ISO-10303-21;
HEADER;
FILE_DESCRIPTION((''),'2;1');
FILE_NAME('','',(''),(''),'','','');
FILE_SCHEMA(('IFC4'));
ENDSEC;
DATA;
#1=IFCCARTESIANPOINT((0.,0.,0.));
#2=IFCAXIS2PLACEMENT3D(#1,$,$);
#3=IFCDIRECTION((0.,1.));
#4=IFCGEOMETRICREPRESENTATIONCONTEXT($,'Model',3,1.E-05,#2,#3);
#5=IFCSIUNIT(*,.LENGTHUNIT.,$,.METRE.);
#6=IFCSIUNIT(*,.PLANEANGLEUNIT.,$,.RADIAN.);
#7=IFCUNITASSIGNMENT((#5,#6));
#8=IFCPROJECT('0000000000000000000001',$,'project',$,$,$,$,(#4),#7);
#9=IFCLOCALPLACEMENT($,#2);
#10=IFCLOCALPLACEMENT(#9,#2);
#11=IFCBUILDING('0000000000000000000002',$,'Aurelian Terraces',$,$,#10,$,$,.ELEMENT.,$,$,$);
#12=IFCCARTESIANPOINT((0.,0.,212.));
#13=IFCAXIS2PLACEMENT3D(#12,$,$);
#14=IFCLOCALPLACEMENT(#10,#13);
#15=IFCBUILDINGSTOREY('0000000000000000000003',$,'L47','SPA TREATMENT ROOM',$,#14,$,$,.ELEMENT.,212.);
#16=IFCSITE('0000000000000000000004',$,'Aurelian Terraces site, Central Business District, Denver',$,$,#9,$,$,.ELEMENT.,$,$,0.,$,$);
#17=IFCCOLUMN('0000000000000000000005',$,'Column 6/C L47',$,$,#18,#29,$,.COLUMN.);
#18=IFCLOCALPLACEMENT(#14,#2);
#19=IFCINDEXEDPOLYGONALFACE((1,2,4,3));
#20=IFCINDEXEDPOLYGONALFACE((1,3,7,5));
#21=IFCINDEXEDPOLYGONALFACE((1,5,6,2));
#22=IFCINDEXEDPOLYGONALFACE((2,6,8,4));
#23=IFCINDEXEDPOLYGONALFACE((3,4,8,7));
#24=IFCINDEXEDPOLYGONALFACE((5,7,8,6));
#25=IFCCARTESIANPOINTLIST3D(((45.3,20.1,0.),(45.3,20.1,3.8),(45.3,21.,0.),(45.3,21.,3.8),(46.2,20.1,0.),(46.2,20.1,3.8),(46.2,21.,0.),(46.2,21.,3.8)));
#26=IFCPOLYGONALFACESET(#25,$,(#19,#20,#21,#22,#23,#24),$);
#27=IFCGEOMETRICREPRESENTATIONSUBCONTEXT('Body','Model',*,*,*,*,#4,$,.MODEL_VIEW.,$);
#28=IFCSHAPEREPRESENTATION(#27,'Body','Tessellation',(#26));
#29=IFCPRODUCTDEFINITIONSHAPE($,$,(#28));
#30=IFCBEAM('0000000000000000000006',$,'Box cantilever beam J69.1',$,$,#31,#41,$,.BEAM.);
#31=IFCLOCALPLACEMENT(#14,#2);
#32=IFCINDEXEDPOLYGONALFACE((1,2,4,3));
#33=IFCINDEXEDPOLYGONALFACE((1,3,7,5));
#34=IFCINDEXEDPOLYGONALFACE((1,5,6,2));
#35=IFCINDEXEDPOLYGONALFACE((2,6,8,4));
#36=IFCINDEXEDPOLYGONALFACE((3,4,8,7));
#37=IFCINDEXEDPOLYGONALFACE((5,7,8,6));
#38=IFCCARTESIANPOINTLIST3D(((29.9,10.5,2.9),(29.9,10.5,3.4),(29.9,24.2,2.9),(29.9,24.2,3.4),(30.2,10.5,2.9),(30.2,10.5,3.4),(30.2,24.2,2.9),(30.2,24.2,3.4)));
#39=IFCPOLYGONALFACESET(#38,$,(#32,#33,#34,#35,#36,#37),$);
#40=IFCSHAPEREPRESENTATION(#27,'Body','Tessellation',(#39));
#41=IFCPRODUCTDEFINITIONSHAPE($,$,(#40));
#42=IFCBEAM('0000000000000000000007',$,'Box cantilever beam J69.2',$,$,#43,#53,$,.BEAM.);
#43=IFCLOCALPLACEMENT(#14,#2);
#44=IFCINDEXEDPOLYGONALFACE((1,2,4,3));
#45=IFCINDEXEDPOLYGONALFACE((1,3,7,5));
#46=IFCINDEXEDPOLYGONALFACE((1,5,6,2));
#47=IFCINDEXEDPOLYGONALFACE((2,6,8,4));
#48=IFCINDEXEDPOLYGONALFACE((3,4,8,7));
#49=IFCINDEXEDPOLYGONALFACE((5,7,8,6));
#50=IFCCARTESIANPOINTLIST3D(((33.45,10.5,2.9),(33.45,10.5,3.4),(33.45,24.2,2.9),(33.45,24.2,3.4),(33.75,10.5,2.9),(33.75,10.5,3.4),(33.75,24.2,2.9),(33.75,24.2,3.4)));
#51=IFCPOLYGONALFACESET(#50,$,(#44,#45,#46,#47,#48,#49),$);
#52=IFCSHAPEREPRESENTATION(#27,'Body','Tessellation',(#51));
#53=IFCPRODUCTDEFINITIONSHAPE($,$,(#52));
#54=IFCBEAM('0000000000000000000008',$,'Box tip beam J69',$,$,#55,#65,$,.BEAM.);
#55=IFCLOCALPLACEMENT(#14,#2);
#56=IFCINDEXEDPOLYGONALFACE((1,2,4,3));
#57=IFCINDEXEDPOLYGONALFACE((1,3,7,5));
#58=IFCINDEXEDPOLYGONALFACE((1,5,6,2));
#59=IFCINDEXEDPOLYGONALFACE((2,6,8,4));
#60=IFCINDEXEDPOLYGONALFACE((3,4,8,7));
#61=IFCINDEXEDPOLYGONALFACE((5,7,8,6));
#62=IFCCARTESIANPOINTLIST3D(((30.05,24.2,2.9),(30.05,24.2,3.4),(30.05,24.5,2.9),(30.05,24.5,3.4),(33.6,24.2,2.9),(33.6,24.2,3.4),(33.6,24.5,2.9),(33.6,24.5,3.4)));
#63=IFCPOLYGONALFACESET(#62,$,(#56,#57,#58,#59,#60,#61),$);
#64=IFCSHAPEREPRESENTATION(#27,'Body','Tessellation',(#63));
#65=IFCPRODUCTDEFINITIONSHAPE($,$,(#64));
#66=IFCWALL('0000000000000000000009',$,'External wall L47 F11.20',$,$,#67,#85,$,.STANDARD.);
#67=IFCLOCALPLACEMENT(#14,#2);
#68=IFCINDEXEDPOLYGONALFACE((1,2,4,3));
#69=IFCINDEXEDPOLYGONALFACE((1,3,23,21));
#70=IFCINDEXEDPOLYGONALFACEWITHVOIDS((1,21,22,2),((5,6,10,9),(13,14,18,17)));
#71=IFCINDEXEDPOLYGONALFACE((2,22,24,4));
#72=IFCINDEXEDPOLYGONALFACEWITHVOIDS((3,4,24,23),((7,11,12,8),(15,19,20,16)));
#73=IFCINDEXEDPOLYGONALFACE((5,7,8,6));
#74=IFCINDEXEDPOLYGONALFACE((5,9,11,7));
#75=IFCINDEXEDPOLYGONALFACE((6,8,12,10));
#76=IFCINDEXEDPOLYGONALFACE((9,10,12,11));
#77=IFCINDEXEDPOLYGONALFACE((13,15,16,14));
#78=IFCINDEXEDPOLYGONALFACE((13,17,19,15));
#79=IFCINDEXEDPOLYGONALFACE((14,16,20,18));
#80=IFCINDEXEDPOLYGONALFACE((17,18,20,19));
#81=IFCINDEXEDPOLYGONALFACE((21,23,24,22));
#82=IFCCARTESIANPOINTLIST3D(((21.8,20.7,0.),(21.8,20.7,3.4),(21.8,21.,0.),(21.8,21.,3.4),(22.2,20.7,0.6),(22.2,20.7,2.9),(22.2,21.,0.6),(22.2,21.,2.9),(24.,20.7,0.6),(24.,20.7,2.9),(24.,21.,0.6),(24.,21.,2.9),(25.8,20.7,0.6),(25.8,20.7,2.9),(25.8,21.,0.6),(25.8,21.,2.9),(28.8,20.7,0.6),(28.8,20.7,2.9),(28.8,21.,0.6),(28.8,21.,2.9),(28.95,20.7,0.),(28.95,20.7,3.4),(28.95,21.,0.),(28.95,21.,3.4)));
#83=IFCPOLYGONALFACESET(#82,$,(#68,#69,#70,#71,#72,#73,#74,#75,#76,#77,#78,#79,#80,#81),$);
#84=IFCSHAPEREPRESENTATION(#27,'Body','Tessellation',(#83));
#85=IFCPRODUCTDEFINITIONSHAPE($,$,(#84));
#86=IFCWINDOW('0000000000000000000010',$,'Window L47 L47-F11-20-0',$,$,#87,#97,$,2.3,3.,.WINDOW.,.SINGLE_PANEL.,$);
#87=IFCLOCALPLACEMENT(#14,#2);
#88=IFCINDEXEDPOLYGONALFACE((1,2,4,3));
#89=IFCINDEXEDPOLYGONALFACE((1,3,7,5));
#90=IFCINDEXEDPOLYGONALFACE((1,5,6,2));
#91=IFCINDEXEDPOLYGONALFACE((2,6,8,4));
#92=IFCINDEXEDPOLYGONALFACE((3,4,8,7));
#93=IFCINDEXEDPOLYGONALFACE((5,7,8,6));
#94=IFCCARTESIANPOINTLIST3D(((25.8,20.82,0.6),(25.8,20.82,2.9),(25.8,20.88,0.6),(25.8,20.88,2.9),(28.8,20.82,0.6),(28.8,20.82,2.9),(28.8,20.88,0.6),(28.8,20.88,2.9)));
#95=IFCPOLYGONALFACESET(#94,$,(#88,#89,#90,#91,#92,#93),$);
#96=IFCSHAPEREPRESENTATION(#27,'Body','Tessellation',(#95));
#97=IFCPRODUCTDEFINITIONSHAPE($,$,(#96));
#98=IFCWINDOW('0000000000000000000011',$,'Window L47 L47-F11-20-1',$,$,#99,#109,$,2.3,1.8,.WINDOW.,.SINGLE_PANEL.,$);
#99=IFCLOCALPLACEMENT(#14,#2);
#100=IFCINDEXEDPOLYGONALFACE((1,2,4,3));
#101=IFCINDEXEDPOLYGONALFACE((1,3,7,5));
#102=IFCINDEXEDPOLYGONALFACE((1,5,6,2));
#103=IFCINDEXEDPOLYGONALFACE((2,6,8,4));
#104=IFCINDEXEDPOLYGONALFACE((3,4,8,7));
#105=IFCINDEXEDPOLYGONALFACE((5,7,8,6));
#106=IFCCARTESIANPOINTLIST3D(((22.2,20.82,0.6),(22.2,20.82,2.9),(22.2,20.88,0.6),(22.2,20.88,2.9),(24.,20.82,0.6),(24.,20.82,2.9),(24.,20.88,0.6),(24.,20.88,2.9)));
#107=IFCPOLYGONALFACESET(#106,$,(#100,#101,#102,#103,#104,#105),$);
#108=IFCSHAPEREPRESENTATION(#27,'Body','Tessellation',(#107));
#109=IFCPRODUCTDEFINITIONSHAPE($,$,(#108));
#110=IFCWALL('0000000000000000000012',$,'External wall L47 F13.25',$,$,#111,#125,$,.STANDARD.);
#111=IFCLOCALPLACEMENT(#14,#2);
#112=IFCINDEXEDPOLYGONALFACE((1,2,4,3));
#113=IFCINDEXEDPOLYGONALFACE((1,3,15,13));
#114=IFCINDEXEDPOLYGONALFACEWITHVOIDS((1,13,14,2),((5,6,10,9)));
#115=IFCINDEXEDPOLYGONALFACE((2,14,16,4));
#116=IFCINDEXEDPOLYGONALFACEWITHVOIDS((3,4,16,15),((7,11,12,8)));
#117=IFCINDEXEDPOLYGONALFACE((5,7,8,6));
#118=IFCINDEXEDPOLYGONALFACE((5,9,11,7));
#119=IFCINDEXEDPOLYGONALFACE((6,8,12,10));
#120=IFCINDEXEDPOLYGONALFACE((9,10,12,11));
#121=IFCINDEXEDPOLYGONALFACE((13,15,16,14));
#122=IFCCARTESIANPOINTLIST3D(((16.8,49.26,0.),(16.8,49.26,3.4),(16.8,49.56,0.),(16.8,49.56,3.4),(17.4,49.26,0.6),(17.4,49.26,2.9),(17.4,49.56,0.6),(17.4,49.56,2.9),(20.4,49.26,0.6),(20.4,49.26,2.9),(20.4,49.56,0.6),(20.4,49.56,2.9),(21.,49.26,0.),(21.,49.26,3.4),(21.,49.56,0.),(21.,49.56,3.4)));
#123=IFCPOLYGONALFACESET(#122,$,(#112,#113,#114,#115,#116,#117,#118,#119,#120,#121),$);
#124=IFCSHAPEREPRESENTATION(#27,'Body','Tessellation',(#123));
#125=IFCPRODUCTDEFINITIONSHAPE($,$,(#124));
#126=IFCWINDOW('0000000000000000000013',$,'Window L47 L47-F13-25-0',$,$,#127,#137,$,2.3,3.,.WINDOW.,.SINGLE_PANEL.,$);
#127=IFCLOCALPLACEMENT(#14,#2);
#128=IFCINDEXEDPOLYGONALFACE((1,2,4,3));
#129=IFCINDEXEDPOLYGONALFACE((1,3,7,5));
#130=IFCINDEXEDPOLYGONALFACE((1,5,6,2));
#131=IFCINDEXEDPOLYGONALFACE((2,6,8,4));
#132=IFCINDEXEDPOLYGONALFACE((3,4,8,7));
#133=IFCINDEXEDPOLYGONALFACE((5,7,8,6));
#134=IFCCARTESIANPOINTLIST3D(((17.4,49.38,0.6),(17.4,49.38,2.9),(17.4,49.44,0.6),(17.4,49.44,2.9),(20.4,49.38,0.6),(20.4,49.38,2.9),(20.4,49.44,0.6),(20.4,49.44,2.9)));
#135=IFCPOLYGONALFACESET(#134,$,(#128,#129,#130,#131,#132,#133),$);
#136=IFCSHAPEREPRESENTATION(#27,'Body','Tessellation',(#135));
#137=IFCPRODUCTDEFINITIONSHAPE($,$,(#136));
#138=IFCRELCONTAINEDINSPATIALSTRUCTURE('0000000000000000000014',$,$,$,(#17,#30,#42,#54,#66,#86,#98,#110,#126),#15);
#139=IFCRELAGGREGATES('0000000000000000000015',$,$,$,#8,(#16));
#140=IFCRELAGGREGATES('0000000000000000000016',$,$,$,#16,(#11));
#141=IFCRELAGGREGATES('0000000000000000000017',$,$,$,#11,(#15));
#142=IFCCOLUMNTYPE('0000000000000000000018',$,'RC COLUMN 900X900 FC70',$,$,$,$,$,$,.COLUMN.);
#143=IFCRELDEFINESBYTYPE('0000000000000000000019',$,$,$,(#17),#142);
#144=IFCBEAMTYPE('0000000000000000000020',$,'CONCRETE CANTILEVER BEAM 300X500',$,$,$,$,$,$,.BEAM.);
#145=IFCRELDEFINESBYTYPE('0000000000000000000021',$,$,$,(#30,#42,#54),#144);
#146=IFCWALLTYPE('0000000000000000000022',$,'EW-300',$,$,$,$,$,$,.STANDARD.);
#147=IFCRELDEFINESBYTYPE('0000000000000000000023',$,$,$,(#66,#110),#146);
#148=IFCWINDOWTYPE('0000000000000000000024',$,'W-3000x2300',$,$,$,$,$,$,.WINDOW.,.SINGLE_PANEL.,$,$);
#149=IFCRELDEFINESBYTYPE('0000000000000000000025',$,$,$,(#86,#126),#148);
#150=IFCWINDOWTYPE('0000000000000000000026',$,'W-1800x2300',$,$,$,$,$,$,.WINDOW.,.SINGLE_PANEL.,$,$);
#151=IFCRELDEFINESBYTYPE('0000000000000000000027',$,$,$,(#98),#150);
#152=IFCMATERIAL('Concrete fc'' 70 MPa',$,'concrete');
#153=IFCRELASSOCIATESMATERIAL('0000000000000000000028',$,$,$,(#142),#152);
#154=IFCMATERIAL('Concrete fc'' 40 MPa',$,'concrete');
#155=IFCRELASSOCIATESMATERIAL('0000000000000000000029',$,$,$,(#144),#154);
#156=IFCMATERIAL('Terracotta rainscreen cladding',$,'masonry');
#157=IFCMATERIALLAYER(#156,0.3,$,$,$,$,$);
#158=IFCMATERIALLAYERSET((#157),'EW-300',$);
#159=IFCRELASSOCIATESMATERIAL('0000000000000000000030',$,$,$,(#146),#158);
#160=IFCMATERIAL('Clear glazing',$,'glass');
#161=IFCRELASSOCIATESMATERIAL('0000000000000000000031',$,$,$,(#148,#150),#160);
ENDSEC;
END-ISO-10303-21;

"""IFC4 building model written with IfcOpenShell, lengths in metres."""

from ifc_helpers import new_model, si_unit, direction, frame, frame_2d, origin, origin_2d, place, context, subcontext, project, spatial, rectangle, extrude, source, transform, mapped, material, layer, layer_set, material_profile, profile_set, type_object, element, fill, save


model = new_model("IFC4")

# Units and contexts
model_context = context("Model", 3, precision=1e-05, world=origin(), true_north=direction((0.0, 1.0)))
body_context = subcontext(model_context, "Body", "Model", "MODEL_VIEW")
ifc_project = project(units=[si_unit("LENGTHUNIT", "METRE"), si_unit("PLANEANGLEUNIT", "RADIAN")], contexts=[model_context])

# Site, building, storey
site_placement = place(None, origin())
site = spatial("IfcSite", under=ifc_project, at=site_placement, Name="Aurelian Terraces site, Central Business District, Denver", CompositionType="ELEMENT", RefElevation=0.0)
building_placement = place(site_placement, origin())
building = spatial("IfcBuilding", under=site, at=building_placement, Name="Aurelian Terraces", CompositionType="ELEMENT")
storey_placement = place(building_placement, frame((0.0, 0.0, 212.0)))
storey = spatial("IfcBuildingStorey", under=building, at=storey_placement, Name="L47", Description="SPA TREATMENT ROOM", CompositionType="ELEMENT", Elevation=212.0)

# Column
ifc_material_1 = material(Name="Concrete fc' 70 MPa", Category="concrete")
ifc_material_profile_1 = material_profile(ifc_material_1, rectangle(XDim=0.9, YDim=0.9, at=origin_2d()))
ifc_profile_set_1 = profile_set([ifc_material_profile_1], Name="Concrete fc' 70 MPa")
column_type = type_object("IfcColumnType", Name="RC COLUMN 900X900 FC70", PredefinedType="COLUMN", material=ifc_profile_set_1)
shared_shape_1 = source(origin(), body_context, "Body", "SweptSolid", [
    extrude(rectangle(XDim=0.9, YDim=0.9, at=origin_2d()), origin(), (0.0, 0.0, 1.0), 3.8),
])
column_placement = place(storey_placement, frame((45.75, 20.55, 0.0), z_axis=(0.0, 0.0, 1.0), x_axis=(1.0, 0.0, 0.0)))
element("IfcColumn", 1, at=column_placement, inside=storey, type_object=column_type, Name="Column 6/C L47", PredefinedType="COLUMN", context=body_context, shape_type="MappedRepresentation", body=[
    mapped(shared_shape_1, transform((0.0, 0.0, 0.0), scale=1.0)),
])

# Beams
ifc_material_2 = material(Name="Concrete fc' 40 MPa", Category="concrete")
ifc_material_profile_2 = material_profile(ifc_material_2, rectangle(XDim=0.3, YDim=0.5, at=origin_2d()))
ifc_profile_set_2 = profile_set([ifc_material_profile_2], Name="Concrete fc' 40 MPa")
beam_type = type_object("IfcBeamType", Name="CONCRETE CANTILEVER BEAM 300X500", PredefinedType="BEAM", material=ifc_profile_set_2)
shared_shape_2 = source(origin(), body_context, "Body", "SweptSolid", [
    extrude(rectangle(XDim=0.3, YDim=0.5, at=origin_2d()), origin(), (0.0, 0.0, 1.0), 13.7),
])
for number, where, z_axis, x_axis, name in (
    (2, (30.05, 24.2, 3.15), (0.0, -1.0, 0.0), (1.0, 0.0, 0.0), "Box cantilever beam J69.1"),
    (3, (33.6, 24.2, 3.15), (0.0, -1.0, 0.0), (1.0, 0.0, 0.0), "Box cantilever beam J69.2"),
):
    element("IfcBeam", number, at=place(storey_placement, frame(where, z_axis=z_axis, x_axis=x_axis)), inside=storey, type_object=beam_type, Name=name, PredefinedType="BEAM", context=body_context, shape_type="MappedRepresentation", body=[
        mapped(shared_shape_2, transform((0.0, 0.0, 0.0), scale=1.0)),
    ])
shared_shape_3 = source(origin(), body_context, "Body", "SweptSolid", [
    extrude(rectangle(XDim=0.3, YDim=0.5, at=origin_2d()), origin(), (0.0, 0.0, 1.0), 3.55),
])
beam_placement = place(storey_placement, frame((30.05, 24.35, 3.15), z_axis=(1.0, 0.0, 0.0), x_axis=(0.0, 1.0, 0.0)))
element("IfcBeam", 4, at=beam_placement, inside=storey, type_object=beam_type, Name="Box tip beam J69", PredefinedType="BEAM", context=body_context, shape_type="MappedRepresentation", body=[
    mapped(shared_shape_3, transform((0.0, 0.0, 0.0), scale=1.0)),
])

# Wall, openings, windows
ifc_material_3 = material(Name="Terracotta rainscreen cladding", Category="masonry")
ifc_layer_1 = layer(ifc_material_3, 0.3)
ifc_layer_set_1 = layer_set([ifc_layer_1], Name="EW-300")
wall_type_1 = type_object("IfcWallType", Name="EW-300", PredefinedType="STANDARD", material=ifc_layer_set_1)
shared_shape_4 = source(origin(), body_context, "Body", "SweptSolid", [
    extrude(rectangle(XDim=7.15, YDim=0.3, at=frame_2d((3.575, 0.0))), origin(), (0.0, 0.0, 1.0), 3.4),
])
wall_1_placement = place(storey_placement, frame((28.95, 20.85, 0.0), z_axis=(0.0, 0.0, 1.0), x_axis=(-1.0, 0.0, 0.0)))
wall_1 = element("IfcWall", 5, at=wall_1_placement, inside=storey, type_object=wall_type_1, Name="External wall L47 F11.20", PredefinedType="STANDARD", context=body_context, shape_type="MappedRepresentation", body=[
    mapped(shared_shape_4, transform((0.0, 0.0, 0.0), scale=1.0)),
])
shared_shape_5 = source(origin(), body_context, "Body", "SweptSolid", [
    extrude(rectangle(XDim=3.0, YDim=2.3, at=frame_2d((1.5, 1.15))), frame((0.0, 0.16, 0.0), z_axis=(0.0, -1.0, 0.0), x_axis=(1.0, 0.0, 0.0)), (0.0, 0.0, 1.0), 0.32),
])
opening_1_placement = place(wall_1_placement, frame((0.15, 0.0, 0.6)))
opening_1 = element("IfcOpeningElement", 6, at=opening_1_placement, cuts=wall_1, PredefinedType="OPENING", context=body_context, shape_type="MappedRepresentation", body=[
    mapped(shared_shape_5, transform((0.0, 0.0, 0.0), scale=1.0)),
])
shared_shape_6 = source(origin(), body_context, "Body", "SweptSolid", [
    extrude(rectangle(XDim=1.8, YDim=2.3, at=frame_2d((0.9, 1.15))), frame((0.0, 0.16, 0.0), z_axis=(0.0, -1.0, 0.0), x_axis=(1.0, 0.0, 0.0)), (0.0, 0.0, 1.0), 0.32),
])
opening_2_placement = place(wall_1_placement, frame((4.95, 0.0, 0.6)))
opening_2 = element("IfcOpeningElement", 7, at=opening_2_placement, cuts=wall_1, PredefinedType="OPENING", context=body_context, shape_type="MappedRepresentation", body=[
    mapped(shared_shape_6, transform((0.0, 0.0, 0.0), scale=1.0)),
])
ifc_material_4 = material(Name="Clear glazing", Category="glass")
window_type_1 = type_object("IfcWindowType", Name="W-3000x2300", PartitioningType="SINGLE_PANEL", PredefinedType="WINDOW", material=ifc_material_4)
shared_shape_7 = source(origin(), body_context, "Body", "SweptSolid", [
    extrude(rectangle(XDim=3.0, YDim=2.3, at=frame_2d((1.5, 1.15))), frame((0.0, 0.03, 0.0), z_axis=(0.0, -1.0, 0.0), x_axis=(1.0, 0.0, 0.0)), (0.0, 0.0, 1.0), 0.06),
])
window_1_placement = place(opening_1_placement, origin())
window_1 = element("IfcWindow", 8, at=window_1_placement, inside=storey, type_object=window_type_1, Name="Window L47 L47-F11-20-0", OverallHeight=2.3, OverallWidth=3.0, PartitioningType="SINGLE_PANEL", PredefinedType="WINDOW", context=body_context, shape_type="MappedRepresentation", body=[
    mapped(shared_shape_7, transform((0.0, 0.0, 0.0), scale=1.0)),
])
fill(opening_1, window_1)
window_type_2 = type_object("IfcWindowType", Name="W-1800x2300", PartitioningType="SINGLE_PANEL", PredefinedType="WINDOW", material=ifc_material_4)
shared_shape_8 = source(origin(), body_context, "Body", "SweptSolid", [
    extrude(rectangle(XDim=1.8, YDim=2.3, at=frame_2d((0.9, 1.15))), frame((0.0, 0.03, 0.0), z_axis=(0.0, -1.0, 0.0), x_axis=(1.0, 0.0, 0.0)), (0.0, 0.0, 1.0), 0.06),
])
window_2_placement = place(opening_2_placement, origin())
window_2 = element("IfcWindow", 9, at=window_2_placement, inside=storey, type_object=window_type_2, Name="Window L47 L47-F11-20-1", OverallHeight=2.3, OverallWidth=1.8, PartitioningType="SINGLE_PANEL", PredefinedType="WINDOW", context=body_context, shape_type="MappedRepresentation", body=[
    mapped(shared_shape_8, transform((0.0, 0.0, 0.0), scale=1.0)),
])
fill(opening_2, window_2)

# Wall, opening, window
shared_shape_9 = source(origin(), body_context, "Body", "SweptSolid", [
    extrude(rectangle(XDim=4.2, YDim=0.3, at=frame_2d((2.1, 0.0))), origin(), (0.0, 0.0, 1.0), 3.4),
])
wall_2_placement = place(storey_placement, frame((21.0, 49.41, 0.0), z_axis=(0.0, 0.0, 1.0), x_axis=(-1.0, 0.0, 0.0)))
wall_2 = element("IfcWall", 10, at=wall_2_placement, inside=storey, type_object=wall_type_1, Name="External wall L47 F13.25", PredefinedType="STANDARD", context=body_context, shape_type="MappedRepresentation", body=[
    mapped(shared_shape_9, transform((0.0, 0.0, 0.0), scale=1.0)),
])
opening_3_placement = place(wall_2_placement, frame((0.6, 0.0, 0.6)))
opening_3 = element("IfcOpeningElement", 11, at=opening_3_placement, cuts=wall_2, PredefinedType="OPENING", context=body_context, shape_type="MappedRepresentation", body=[
    mapped(shared_shape_5, transform((0.0, 0.0, 0.0), scale=1.0)),
])
window_3_placement = place(opening_3_placement, origin())
window_3 = element("IfcWindow", 12, at=window_3_placement, inside=storey, type_object=window_type_1, Name="Window L47 L47-F13-25-0", OverallHeight=2.3, OverallWidth=3.0, PartitioningType="SINGLE_PANEL", PredefinedType="WINDOW", context=body_context, shape_type="MappedRepresentation", body=[
    mapped(shared_shape_7, transform((0.0, 0.0, 0.0), scale=1.0)),
])
fill(opening_3, window_3)

save(model, "model.ifc")
